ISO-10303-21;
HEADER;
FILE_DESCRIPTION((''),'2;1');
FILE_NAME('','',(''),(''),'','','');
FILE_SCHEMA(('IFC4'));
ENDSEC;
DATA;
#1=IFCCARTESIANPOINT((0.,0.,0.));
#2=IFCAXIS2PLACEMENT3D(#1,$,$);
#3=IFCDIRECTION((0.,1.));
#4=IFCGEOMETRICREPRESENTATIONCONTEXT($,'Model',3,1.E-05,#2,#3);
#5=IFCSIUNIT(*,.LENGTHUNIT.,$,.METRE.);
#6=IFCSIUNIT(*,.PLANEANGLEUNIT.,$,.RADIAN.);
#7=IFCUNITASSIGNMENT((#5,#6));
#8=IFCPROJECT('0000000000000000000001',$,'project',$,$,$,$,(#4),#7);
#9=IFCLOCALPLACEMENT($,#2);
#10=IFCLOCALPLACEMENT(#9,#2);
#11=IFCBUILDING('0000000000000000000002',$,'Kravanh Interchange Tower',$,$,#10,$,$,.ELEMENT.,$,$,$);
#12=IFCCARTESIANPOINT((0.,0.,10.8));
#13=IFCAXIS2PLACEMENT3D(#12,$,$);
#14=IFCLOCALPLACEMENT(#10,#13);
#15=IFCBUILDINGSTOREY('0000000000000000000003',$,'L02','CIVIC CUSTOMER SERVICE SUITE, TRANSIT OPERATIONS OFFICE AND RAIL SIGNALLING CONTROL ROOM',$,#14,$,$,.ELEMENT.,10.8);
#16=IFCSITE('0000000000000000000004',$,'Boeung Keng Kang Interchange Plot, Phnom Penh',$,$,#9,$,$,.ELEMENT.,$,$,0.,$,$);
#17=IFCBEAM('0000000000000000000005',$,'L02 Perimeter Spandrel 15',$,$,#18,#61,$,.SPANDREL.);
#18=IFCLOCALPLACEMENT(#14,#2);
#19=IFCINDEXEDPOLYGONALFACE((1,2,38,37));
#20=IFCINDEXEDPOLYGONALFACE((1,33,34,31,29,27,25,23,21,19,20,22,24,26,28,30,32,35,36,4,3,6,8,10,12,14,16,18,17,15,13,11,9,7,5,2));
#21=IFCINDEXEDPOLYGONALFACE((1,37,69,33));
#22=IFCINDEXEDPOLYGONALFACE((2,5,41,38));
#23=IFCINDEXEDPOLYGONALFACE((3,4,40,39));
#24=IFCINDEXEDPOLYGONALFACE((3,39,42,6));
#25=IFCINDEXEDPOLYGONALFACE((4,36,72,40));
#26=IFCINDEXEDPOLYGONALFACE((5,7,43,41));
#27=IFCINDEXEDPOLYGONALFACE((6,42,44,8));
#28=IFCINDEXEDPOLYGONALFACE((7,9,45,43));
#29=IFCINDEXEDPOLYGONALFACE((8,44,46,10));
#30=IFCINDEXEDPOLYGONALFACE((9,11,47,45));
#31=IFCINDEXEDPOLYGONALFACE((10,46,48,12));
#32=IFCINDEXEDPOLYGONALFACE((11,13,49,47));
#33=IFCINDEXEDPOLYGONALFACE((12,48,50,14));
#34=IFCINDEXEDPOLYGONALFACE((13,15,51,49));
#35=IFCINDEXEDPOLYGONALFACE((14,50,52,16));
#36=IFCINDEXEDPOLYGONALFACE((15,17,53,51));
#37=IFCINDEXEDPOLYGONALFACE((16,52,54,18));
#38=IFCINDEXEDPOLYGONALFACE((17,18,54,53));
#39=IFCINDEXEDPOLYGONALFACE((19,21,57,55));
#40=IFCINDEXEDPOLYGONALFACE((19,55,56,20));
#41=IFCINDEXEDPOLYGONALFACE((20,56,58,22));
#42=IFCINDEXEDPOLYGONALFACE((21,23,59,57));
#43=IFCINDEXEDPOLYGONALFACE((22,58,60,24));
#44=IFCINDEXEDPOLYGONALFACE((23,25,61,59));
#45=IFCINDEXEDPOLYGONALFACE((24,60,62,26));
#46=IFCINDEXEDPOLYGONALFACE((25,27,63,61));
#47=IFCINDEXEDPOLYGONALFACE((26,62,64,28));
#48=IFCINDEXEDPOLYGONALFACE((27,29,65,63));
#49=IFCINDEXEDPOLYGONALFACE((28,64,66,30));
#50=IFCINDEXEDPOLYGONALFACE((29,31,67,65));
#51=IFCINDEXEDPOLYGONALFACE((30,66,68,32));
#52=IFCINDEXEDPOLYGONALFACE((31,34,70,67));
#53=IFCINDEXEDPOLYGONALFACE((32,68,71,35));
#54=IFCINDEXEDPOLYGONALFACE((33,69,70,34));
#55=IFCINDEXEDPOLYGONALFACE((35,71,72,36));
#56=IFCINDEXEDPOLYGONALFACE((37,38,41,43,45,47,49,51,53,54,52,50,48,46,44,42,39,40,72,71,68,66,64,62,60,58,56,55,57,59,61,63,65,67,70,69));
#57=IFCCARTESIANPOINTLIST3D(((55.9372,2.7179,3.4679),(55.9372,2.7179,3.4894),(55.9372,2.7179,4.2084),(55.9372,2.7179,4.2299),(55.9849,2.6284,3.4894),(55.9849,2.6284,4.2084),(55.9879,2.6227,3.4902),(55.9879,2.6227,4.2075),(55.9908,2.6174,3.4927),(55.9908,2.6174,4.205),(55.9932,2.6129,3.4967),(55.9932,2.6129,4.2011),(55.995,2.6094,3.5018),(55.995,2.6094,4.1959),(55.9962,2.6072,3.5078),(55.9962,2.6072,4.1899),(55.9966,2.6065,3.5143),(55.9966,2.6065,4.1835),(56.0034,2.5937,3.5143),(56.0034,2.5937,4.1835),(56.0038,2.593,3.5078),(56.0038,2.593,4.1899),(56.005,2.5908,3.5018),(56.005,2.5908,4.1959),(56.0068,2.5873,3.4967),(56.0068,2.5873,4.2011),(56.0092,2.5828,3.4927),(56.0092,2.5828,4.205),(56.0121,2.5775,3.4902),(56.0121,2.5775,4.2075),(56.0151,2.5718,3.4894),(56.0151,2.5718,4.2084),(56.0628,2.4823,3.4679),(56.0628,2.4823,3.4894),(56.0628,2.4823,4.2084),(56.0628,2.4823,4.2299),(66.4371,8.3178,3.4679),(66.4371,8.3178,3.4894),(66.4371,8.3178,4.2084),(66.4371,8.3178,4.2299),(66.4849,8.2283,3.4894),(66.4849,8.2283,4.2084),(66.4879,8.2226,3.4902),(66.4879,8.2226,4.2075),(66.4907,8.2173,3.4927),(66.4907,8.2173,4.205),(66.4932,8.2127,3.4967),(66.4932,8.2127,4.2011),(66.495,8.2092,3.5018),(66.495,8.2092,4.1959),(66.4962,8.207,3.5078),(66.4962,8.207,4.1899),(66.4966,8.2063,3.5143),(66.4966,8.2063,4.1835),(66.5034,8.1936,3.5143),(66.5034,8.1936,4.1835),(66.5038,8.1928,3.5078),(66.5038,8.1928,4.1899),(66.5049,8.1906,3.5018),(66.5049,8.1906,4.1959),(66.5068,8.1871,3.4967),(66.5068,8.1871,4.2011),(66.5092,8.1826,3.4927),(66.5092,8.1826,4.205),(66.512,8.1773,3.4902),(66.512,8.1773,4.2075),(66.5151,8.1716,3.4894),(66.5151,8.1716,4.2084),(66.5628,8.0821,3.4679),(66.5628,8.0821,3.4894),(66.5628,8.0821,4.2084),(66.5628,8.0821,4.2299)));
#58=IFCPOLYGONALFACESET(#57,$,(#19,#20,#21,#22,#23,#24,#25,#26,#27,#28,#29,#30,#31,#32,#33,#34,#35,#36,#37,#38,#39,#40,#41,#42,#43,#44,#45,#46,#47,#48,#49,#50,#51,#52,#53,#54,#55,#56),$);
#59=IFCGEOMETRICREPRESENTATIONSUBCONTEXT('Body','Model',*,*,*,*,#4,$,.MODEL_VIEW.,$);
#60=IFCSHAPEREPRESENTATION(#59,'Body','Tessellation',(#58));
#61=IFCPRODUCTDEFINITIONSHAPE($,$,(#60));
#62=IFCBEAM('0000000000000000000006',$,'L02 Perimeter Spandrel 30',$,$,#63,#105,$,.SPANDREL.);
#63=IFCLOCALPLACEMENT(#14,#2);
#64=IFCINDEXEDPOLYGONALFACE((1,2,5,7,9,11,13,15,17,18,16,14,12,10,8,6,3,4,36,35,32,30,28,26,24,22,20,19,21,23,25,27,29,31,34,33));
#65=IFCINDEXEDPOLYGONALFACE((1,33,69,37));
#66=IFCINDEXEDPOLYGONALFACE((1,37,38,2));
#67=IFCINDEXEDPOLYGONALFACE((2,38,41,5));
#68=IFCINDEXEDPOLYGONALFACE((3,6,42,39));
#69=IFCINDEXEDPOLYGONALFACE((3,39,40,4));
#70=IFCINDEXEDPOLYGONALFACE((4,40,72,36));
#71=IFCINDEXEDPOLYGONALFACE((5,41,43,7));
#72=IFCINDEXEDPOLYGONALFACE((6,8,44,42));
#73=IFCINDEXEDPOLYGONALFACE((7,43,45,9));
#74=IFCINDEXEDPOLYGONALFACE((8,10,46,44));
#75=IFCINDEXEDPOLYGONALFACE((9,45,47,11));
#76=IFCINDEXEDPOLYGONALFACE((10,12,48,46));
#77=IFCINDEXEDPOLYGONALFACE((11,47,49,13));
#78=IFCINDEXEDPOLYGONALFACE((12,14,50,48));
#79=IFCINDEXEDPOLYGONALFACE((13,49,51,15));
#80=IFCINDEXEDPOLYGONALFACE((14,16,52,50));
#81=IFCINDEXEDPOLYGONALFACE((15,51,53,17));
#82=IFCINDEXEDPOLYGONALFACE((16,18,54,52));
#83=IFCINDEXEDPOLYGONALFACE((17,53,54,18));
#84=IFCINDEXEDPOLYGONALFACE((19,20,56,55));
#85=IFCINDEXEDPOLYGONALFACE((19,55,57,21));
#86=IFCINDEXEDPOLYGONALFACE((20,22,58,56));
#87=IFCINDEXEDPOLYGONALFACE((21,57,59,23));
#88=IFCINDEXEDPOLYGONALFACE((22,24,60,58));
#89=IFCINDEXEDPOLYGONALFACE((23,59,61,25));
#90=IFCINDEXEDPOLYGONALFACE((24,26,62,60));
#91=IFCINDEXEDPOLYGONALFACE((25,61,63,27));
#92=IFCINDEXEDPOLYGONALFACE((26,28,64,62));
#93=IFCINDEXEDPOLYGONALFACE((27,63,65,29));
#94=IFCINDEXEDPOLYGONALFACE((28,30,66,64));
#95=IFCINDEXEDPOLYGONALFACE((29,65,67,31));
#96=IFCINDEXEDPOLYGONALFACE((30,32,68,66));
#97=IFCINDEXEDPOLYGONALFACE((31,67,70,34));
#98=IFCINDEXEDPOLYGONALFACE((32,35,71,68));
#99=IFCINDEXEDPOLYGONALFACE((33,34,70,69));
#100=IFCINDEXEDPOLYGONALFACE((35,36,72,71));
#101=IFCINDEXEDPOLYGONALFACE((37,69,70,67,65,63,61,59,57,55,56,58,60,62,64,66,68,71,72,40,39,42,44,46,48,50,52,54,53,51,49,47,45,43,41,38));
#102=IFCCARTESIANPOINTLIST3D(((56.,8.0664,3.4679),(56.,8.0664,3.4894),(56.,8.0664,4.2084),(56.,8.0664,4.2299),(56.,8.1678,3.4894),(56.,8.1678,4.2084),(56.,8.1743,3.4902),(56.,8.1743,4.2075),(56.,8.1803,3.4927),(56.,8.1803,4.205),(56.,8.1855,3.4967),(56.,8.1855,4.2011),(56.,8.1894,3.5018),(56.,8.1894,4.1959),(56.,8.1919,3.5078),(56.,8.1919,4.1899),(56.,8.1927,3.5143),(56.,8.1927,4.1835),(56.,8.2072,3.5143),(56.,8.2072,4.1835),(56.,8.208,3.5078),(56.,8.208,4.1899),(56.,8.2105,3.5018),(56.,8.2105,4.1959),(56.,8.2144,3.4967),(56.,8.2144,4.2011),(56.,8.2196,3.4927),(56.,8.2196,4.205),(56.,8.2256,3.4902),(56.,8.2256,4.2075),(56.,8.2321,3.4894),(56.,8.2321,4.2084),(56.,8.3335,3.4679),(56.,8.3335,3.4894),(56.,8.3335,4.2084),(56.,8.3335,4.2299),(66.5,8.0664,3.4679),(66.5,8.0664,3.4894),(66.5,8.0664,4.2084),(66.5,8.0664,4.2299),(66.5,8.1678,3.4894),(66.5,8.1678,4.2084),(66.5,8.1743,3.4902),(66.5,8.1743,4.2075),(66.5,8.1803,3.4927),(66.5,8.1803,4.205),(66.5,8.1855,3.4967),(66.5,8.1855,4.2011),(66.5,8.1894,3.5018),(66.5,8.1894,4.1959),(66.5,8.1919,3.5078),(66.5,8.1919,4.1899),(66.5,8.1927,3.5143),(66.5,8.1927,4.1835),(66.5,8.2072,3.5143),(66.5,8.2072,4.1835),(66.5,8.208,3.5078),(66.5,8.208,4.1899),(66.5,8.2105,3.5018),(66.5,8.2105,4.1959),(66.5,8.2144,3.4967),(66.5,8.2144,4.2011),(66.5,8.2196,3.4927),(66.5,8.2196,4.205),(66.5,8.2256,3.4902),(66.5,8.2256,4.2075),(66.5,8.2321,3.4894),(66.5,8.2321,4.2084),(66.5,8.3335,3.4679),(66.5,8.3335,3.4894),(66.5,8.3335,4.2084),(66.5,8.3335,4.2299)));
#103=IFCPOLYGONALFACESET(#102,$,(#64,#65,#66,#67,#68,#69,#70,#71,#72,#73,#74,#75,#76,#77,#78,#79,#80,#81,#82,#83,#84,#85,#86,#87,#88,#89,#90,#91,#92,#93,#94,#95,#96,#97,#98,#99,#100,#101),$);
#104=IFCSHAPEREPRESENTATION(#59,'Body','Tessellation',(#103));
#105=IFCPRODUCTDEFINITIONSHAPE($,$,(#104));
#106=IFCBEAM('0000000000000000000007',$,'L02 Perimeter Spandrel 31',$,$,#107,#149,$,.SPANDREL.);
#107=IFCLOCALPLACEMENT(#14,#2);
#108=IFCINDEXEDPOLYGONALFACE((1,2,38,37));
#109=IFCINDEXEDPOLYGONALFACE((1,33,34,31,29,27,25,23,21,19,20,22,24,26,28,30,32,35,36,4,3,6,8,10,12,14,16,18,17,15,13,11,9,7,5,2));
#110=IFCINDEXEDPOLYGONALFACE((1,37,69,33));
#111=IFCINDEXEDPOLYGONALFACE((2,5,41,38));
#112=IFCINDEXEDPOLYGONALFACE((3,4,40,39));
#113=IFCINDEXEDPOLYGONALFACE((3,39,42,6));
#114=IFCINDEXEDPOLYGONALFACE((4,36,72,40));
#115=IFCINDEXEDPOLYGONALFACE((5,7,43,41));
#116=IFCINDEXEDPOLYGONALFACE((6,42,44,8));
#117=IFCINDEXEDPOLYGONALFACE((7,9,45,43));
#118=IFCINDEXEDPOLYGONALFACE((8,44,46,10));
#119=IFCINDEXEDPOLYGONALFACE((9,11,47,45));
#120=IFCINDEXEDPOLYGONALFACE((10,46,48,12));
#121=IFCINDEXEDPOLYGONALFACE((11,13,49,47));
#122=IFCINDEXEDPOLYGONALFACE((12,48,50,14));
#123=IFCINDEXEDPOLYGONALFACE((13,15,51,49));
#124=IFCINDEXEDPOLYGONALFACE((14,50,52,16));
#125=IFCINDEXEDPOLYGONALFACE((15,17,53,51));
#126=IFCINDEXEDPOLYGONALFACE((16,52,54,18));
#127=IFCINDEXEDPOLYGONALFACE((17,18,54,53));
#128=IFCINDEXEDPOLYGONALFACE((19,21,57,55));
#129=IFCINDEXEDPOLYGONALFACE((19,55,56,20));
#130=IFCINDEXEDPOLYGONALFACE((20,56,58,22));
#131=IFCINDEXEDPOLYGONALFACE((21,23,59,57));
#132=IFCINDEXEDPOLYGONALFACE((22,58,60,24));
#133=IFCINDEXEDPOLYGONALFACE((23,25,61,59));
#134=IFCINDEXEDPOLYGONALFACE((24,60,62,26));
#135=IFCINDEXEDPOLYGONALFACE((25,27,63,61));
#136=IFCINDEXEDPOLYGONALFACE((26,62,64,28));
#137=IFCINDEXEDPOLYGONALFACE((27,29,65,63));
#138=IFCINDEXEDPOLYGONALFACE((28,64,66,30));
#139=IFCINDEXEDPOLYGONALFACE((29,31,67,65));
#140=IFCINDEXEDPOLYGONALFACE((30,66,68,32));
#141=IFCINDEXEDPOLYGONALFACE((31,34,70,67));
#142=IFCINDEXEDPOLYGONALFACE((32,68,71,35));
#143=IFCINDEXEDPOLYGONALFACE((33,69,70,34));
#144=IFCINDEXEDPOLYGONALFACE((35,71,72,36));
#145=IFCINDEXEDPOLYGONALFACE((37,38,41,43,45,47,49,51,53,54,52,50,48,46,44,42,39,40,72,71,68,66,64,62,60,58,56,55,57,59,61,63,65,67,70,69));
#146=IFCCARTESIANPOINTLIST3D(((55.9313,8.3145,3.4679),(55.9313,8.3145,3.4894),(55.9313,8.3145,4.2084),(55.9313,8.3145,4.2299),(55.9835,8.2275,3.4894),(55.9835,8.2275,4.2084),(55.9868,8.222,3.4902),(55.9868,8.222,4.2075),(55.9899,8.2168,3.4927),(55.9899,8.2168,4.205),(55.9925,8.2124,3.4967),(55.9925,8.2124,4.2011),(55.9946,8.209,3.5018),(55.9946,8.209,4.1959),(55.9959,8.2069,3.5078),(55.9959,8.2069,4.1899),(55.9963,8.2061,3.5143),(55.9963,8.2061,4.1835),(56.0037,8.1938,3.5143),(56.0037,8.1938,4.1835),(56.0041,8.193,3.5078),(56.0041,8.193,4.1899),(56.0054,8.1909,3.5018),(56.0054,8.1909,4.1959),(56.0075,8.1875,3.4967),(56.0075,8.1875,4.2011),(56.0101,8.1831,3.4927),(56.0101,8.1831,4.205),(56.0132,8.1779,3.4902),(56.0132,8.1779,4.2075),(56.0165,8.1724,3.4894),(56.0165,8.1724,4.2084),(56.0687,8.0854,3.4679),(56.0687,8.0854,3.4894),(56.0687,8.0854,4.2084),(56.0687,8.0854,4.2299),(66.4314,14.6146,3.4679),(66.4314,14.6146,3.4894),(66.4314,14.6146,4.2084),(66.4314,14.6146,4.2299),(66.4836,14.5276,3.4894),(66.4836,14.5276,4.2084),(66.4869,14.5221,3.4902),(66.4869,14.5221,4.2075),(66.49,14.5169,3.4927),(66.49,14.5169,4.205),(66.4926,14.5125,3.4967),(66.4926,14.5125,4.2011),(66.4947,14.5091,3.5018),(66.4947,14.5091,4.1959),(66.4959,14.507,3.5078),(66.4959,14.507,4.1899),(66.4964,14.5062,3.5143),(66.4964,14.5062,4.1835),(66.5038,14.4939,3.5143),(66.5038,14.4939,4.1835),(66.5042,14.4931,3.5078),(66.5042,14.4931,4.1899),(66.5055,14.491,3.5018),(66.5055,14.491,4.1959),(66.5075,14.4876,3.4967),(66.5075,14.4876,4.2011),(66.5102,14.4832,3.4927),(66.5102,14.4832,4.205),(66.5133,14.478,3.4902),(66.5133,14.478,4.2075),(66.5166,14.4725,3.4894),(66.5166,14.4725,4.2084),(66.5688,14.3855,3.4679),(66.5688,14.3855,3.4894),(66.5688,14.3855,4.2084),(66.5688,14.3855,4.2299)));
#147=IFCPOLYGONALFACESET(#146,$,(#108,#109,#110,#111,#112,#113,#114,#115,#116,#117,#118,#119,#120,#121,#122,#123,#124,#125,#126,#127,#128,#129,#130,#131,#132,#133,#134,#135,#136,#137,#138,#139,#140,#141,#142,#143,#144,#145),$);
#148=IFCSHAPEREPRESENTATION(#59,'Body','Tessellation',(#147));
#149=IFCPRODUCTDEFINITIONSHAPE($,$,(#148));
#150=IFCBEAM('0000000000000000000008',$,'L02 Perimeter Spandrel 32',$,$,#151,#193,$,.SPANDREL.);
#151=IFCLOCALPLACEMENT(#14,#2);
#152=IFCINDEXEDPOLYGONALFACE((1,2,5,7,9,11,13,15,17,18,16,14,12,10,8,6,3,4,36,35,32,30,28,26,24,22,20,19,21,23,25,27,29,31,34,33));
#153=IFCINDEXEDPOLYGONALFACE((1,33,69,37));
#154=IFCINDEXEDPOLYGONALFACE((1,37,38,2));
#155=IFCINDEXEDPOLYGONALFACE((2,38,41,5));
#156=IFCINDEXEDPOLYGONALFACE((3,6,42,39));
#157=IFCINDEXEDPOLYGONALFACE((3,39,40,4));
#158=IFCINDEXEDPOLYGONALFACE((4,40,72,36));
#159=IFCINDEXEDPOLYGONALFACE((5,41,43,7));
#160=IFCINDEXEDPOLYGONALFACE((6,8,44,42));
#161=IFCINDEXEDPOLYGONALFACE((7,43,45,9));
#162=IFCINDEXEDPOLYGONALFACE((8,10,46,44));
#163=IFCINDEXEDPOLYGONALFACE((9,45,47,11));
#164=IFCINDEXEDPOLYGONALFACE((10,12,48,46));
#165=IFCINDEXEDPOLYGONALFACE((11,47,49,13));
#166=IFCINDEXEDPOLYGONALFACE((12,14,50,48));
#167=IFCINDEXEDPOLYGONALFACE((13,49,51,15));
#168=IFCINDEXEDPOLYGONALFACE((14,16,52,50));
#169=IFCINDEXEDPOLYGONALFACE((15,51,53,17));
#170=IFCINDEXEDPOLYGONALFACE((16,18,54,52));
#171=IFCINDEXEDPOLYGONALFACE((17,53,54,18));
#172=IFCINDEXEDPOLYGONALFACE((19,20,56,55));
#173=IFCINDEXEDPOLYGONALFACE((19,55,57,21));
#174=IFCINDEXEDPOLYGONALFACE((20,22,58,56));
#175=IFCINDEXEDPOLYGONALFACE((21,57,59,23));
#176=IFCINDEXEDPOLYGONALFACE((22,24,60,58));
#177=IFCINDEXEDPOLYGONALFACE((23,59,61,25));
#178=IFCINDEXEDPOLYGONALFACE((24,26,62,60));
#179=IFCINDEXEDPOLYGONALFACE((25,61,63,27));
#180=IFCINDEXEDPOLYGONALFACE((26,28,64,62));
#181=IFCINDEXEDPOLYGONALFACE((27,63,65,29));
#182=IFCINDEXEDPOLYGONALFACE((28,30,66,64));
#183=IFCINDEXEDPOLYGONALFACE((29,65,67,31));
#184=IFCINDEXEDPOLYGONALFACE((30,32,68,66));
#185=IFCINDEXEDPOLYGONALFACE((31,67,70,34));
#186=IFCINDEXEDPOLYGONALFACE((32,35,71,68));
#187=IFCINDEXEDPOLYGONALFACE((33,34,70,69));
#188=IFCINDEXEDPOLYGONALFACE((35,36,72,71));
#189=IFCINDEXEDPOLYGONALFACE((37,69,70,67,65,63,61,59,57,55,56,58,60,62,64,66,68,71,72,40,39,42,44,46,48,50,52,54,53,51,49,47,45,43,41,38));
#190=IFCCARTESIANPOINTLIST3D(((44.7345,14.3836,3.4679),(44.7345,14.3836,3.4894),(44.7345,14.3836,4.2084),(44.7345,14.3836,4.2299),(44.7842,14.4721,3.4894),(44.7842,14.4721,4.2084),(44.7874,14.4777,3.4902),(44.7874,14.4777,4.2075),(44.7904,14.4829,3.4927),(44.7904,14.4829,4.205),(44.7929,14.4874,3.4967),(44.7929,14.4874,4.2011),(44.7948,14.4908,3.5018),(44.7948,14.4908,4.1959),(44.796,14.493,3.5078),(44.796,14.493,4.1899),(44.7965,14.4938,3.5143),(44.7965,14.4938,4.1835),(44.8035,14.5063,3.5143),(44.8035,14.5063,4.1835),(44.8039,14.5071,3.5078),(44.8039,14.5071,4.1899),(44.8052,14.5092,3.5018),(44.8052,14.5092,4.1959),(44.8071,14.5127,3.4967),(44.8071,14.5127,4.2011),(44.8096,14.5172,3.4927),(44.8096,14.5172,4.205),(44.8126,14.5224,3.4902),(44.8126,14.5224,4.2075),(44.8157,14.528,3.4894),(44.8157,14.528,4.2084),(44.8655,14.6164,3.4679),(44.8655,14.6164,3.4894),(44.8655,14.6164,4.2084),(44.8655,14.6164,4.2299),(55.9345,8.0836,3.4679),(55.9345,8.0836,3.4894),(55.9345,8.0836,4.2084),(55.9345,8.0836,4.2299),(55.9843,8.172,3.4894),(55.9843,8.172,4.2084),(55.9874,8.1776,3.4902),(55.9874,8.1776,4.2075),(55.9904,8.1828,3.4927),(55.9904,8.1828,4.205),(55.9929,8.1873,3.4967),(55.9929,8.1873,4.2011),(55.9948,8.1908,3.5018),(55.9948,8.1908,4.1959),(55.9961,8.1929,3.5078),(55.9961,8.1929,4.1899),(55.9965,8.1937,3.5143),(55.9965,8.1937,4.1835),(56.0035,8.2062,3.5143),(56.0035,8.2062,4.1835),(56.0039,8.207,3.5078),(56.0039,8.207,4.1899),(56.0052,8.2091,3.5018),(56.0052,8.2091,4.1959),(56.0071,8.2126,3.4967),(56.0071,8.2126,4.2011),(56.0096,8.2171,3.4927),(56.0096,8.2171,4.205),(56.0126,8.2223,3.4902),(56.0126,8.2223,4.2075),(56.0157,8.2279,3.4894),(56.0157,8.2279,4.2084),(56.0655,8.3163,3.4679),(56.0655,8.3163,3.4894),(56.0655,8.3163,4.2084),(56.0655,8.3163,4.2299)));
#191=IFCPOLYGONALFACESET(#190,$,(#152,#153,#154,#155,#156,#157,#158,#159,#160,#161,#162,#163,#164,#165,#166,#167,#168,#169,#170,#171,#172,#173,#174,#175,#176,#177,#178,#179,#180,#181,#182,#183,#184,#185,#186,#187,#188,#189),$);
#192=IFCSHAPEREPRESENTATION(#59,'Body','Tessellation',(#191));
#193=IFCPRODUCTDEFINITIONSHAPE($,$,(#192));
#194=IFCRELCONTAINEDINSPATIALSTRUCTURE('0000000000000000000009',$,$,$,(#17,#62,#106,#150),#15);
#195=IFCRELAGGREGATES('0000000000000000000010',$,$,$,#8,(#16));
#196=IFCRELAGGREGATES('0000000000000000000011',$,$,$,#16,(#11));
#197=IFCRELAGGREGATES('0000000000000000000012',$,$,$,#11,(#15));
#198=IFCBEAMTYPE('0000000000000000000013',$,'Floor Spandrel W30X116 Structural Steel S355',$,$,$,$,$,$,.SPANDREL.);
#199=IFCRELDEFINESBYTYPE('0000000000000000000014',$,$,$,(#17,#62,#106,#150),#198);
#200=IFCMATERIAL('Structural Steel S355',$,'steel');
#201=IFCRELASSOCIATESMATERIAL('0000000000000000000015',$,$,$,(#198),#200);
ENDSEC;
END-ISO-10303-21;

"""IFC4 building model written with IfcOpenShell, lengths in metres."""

from ifc_helpers import new_model, si_unit, direction, frame, origin, origin_2d, place, context, subcontext, project, spatial, i_section, extrude, material, material_profile, profile_set, type_object, element, save


model = new_model("IFC4")

# Units and contexts
model_context = context("Model", 3, precision=1e-05, world=origin(), true_north=direction((0.0, 1.0)))
body_context = subcontext(model_context, "Body", "Model", "MODEL_VIEW")
ifc_project = project(units=[si_unit("LENGTHUNIT", "METRE"), si_unit("PLANEANGLEUNIT", "RADIAN")], contexts=[model_context])

# Site, building, storey
site_placement = place(None, origin())
site = spatial("IfcSite", under=ifc_project, at=site_placement, Name="Boeung Keng Kang Interchange Plot, Phnom Penh", CompositionType="ELEMENT", RefElevation=0.0)
building_placement = place(site_placement, origin())
building = spatial("IfcBuilding", under=site, at=building_placement, Name="Kravanh Interchange Tower", CompositionType="ELEMENT")
storey_placement = place(building_placement, frame((0.0, 0.0, 10.8)))
storey = spatial("IfcBuildingStorey", under=building, at=storey_placement, Name="L02", Description="CIVIC CUSTOMER SERVICE SUITE, TRANSIT OPERATIONS OFFICE AND RAIL SIGNALLING CONTROL ROOM", CompositionType="ELEMENT", Elevation=10.8)

# Beams
ifc_material_1 = material(Name="Structural Steel S355", Category="steel")
ifc_material_profile_1 = material_profile(ifc_material_1, i_section(OverallWidth=0.2671, OverallDepth=0.762, WebThickness=0.0144, FlangeThickness=0.0215, FilletRadius=0.0249, at=origin_2d()), Name="W30X116")
ifc_profile_set_1 = profile_set([ifc_material_profile_1], Name="Structural Steel S355")
beam_type_1 = type_object("IfcBeamType", Name="Floor Spandrel W30X116 Structural Steel S355", PredefinedType="SPANDREL", material=ifc_profile_set_1)
beam_1_placement = place(storey_placement, frame((56.0, 2.6001, 3.8489), z_axis=(0.882358, 0.470579, 0.0), x_axis=(-0.470579, 0.882358, 0.0)))
element("IfcBeam", 1, at=beam_1_placement, inside=storey, type_object=beam_type_1, Name="L02 Perimeter Spandrel 15", PredefinedType="SPANDREL", context=body_context, shape_type="SweptSolid", body=[
    extrude(i_section(OverallWidth=0.2671, OverallDepth=0.762, WebThickness=0.0144, FlangeThickness=0.0215, FilletRadius=0.0249, at=origin_2d()), origin(), (0.0, 0.0, 1.0), 11.8999),
])
beam_2_placement = place(storey_placement, frame((56.0, 8.2, 3.8489), z_axis=(1.0, 0.0, 0.0), x_axis=(0.0, 1.0, 0.0)))
element("IfcBeam", 2, at=beam_2_placement, inside=storey, type_object=beam_type_1, Name="L02 Perimeter Spandrel 30", PredefinedType="SPANDREL", context=body_context, shape_type="SweptSolid", body=[
    extrude(i_section(OverallWidth=0.2671, OverallDepth=0.762, WebThickness=0.0144, FlangeThickness=0.0215, FilletRadius=0.0249, at=origin_2d()), origin(), (0.0, 0.0, 1.0), 10.5),
])
beam_3_placement = place(storey_placement, frame((56.0, 8.2, 3.8489), z_axis=(0.857491, 0.514499, 0.0), x_axis=(-0.514499, 0.857491, 0.0)))
element("IfcBeam", 3, at=beam_3_placement, inside=storey, type_object=beam_type_1, Name="L02 Perimeter Spandrel 31", PredefinedType="SPANDREL", context=body_context, shape_type="SweptSolid", body=[
    extrude(i_section(OverallWidth=0.2671, OverallDepth=0.762, WebThickness=0.0144, FlangeThickness=0.0215, FilletRadius=0.0249, at=origin_2d()), origin(), (0.0, 0.0, 1.0), 12.2451),
])
beam_4_placement = place(storey_placement, frame((56.0, 8.2, 3.8489), z_axis=(-0.871573, 0.490266, 0.0), x_axis=(-0.490266, -0.871573, 0.0)))
element("IfcBeam", 4, at=beam_4_placement, inside=storey, type_object=beam_type_1, Name="L02 Perimeter Spandrel 32", PredefinedType="SPANDREL", context=body_context, shape_type="SweptSolid", body=[
    extrude(i_section(OverallWidth=0.2671, OverallDepth=0.762, WebThickness=0.0144, FlangeThickness=0.0215, FilletRadius=0.0249, at=origin_2d()), origin(), (0.0, 0.0, 1.0), 12.8503),
])

save(model, "model.ifc")
